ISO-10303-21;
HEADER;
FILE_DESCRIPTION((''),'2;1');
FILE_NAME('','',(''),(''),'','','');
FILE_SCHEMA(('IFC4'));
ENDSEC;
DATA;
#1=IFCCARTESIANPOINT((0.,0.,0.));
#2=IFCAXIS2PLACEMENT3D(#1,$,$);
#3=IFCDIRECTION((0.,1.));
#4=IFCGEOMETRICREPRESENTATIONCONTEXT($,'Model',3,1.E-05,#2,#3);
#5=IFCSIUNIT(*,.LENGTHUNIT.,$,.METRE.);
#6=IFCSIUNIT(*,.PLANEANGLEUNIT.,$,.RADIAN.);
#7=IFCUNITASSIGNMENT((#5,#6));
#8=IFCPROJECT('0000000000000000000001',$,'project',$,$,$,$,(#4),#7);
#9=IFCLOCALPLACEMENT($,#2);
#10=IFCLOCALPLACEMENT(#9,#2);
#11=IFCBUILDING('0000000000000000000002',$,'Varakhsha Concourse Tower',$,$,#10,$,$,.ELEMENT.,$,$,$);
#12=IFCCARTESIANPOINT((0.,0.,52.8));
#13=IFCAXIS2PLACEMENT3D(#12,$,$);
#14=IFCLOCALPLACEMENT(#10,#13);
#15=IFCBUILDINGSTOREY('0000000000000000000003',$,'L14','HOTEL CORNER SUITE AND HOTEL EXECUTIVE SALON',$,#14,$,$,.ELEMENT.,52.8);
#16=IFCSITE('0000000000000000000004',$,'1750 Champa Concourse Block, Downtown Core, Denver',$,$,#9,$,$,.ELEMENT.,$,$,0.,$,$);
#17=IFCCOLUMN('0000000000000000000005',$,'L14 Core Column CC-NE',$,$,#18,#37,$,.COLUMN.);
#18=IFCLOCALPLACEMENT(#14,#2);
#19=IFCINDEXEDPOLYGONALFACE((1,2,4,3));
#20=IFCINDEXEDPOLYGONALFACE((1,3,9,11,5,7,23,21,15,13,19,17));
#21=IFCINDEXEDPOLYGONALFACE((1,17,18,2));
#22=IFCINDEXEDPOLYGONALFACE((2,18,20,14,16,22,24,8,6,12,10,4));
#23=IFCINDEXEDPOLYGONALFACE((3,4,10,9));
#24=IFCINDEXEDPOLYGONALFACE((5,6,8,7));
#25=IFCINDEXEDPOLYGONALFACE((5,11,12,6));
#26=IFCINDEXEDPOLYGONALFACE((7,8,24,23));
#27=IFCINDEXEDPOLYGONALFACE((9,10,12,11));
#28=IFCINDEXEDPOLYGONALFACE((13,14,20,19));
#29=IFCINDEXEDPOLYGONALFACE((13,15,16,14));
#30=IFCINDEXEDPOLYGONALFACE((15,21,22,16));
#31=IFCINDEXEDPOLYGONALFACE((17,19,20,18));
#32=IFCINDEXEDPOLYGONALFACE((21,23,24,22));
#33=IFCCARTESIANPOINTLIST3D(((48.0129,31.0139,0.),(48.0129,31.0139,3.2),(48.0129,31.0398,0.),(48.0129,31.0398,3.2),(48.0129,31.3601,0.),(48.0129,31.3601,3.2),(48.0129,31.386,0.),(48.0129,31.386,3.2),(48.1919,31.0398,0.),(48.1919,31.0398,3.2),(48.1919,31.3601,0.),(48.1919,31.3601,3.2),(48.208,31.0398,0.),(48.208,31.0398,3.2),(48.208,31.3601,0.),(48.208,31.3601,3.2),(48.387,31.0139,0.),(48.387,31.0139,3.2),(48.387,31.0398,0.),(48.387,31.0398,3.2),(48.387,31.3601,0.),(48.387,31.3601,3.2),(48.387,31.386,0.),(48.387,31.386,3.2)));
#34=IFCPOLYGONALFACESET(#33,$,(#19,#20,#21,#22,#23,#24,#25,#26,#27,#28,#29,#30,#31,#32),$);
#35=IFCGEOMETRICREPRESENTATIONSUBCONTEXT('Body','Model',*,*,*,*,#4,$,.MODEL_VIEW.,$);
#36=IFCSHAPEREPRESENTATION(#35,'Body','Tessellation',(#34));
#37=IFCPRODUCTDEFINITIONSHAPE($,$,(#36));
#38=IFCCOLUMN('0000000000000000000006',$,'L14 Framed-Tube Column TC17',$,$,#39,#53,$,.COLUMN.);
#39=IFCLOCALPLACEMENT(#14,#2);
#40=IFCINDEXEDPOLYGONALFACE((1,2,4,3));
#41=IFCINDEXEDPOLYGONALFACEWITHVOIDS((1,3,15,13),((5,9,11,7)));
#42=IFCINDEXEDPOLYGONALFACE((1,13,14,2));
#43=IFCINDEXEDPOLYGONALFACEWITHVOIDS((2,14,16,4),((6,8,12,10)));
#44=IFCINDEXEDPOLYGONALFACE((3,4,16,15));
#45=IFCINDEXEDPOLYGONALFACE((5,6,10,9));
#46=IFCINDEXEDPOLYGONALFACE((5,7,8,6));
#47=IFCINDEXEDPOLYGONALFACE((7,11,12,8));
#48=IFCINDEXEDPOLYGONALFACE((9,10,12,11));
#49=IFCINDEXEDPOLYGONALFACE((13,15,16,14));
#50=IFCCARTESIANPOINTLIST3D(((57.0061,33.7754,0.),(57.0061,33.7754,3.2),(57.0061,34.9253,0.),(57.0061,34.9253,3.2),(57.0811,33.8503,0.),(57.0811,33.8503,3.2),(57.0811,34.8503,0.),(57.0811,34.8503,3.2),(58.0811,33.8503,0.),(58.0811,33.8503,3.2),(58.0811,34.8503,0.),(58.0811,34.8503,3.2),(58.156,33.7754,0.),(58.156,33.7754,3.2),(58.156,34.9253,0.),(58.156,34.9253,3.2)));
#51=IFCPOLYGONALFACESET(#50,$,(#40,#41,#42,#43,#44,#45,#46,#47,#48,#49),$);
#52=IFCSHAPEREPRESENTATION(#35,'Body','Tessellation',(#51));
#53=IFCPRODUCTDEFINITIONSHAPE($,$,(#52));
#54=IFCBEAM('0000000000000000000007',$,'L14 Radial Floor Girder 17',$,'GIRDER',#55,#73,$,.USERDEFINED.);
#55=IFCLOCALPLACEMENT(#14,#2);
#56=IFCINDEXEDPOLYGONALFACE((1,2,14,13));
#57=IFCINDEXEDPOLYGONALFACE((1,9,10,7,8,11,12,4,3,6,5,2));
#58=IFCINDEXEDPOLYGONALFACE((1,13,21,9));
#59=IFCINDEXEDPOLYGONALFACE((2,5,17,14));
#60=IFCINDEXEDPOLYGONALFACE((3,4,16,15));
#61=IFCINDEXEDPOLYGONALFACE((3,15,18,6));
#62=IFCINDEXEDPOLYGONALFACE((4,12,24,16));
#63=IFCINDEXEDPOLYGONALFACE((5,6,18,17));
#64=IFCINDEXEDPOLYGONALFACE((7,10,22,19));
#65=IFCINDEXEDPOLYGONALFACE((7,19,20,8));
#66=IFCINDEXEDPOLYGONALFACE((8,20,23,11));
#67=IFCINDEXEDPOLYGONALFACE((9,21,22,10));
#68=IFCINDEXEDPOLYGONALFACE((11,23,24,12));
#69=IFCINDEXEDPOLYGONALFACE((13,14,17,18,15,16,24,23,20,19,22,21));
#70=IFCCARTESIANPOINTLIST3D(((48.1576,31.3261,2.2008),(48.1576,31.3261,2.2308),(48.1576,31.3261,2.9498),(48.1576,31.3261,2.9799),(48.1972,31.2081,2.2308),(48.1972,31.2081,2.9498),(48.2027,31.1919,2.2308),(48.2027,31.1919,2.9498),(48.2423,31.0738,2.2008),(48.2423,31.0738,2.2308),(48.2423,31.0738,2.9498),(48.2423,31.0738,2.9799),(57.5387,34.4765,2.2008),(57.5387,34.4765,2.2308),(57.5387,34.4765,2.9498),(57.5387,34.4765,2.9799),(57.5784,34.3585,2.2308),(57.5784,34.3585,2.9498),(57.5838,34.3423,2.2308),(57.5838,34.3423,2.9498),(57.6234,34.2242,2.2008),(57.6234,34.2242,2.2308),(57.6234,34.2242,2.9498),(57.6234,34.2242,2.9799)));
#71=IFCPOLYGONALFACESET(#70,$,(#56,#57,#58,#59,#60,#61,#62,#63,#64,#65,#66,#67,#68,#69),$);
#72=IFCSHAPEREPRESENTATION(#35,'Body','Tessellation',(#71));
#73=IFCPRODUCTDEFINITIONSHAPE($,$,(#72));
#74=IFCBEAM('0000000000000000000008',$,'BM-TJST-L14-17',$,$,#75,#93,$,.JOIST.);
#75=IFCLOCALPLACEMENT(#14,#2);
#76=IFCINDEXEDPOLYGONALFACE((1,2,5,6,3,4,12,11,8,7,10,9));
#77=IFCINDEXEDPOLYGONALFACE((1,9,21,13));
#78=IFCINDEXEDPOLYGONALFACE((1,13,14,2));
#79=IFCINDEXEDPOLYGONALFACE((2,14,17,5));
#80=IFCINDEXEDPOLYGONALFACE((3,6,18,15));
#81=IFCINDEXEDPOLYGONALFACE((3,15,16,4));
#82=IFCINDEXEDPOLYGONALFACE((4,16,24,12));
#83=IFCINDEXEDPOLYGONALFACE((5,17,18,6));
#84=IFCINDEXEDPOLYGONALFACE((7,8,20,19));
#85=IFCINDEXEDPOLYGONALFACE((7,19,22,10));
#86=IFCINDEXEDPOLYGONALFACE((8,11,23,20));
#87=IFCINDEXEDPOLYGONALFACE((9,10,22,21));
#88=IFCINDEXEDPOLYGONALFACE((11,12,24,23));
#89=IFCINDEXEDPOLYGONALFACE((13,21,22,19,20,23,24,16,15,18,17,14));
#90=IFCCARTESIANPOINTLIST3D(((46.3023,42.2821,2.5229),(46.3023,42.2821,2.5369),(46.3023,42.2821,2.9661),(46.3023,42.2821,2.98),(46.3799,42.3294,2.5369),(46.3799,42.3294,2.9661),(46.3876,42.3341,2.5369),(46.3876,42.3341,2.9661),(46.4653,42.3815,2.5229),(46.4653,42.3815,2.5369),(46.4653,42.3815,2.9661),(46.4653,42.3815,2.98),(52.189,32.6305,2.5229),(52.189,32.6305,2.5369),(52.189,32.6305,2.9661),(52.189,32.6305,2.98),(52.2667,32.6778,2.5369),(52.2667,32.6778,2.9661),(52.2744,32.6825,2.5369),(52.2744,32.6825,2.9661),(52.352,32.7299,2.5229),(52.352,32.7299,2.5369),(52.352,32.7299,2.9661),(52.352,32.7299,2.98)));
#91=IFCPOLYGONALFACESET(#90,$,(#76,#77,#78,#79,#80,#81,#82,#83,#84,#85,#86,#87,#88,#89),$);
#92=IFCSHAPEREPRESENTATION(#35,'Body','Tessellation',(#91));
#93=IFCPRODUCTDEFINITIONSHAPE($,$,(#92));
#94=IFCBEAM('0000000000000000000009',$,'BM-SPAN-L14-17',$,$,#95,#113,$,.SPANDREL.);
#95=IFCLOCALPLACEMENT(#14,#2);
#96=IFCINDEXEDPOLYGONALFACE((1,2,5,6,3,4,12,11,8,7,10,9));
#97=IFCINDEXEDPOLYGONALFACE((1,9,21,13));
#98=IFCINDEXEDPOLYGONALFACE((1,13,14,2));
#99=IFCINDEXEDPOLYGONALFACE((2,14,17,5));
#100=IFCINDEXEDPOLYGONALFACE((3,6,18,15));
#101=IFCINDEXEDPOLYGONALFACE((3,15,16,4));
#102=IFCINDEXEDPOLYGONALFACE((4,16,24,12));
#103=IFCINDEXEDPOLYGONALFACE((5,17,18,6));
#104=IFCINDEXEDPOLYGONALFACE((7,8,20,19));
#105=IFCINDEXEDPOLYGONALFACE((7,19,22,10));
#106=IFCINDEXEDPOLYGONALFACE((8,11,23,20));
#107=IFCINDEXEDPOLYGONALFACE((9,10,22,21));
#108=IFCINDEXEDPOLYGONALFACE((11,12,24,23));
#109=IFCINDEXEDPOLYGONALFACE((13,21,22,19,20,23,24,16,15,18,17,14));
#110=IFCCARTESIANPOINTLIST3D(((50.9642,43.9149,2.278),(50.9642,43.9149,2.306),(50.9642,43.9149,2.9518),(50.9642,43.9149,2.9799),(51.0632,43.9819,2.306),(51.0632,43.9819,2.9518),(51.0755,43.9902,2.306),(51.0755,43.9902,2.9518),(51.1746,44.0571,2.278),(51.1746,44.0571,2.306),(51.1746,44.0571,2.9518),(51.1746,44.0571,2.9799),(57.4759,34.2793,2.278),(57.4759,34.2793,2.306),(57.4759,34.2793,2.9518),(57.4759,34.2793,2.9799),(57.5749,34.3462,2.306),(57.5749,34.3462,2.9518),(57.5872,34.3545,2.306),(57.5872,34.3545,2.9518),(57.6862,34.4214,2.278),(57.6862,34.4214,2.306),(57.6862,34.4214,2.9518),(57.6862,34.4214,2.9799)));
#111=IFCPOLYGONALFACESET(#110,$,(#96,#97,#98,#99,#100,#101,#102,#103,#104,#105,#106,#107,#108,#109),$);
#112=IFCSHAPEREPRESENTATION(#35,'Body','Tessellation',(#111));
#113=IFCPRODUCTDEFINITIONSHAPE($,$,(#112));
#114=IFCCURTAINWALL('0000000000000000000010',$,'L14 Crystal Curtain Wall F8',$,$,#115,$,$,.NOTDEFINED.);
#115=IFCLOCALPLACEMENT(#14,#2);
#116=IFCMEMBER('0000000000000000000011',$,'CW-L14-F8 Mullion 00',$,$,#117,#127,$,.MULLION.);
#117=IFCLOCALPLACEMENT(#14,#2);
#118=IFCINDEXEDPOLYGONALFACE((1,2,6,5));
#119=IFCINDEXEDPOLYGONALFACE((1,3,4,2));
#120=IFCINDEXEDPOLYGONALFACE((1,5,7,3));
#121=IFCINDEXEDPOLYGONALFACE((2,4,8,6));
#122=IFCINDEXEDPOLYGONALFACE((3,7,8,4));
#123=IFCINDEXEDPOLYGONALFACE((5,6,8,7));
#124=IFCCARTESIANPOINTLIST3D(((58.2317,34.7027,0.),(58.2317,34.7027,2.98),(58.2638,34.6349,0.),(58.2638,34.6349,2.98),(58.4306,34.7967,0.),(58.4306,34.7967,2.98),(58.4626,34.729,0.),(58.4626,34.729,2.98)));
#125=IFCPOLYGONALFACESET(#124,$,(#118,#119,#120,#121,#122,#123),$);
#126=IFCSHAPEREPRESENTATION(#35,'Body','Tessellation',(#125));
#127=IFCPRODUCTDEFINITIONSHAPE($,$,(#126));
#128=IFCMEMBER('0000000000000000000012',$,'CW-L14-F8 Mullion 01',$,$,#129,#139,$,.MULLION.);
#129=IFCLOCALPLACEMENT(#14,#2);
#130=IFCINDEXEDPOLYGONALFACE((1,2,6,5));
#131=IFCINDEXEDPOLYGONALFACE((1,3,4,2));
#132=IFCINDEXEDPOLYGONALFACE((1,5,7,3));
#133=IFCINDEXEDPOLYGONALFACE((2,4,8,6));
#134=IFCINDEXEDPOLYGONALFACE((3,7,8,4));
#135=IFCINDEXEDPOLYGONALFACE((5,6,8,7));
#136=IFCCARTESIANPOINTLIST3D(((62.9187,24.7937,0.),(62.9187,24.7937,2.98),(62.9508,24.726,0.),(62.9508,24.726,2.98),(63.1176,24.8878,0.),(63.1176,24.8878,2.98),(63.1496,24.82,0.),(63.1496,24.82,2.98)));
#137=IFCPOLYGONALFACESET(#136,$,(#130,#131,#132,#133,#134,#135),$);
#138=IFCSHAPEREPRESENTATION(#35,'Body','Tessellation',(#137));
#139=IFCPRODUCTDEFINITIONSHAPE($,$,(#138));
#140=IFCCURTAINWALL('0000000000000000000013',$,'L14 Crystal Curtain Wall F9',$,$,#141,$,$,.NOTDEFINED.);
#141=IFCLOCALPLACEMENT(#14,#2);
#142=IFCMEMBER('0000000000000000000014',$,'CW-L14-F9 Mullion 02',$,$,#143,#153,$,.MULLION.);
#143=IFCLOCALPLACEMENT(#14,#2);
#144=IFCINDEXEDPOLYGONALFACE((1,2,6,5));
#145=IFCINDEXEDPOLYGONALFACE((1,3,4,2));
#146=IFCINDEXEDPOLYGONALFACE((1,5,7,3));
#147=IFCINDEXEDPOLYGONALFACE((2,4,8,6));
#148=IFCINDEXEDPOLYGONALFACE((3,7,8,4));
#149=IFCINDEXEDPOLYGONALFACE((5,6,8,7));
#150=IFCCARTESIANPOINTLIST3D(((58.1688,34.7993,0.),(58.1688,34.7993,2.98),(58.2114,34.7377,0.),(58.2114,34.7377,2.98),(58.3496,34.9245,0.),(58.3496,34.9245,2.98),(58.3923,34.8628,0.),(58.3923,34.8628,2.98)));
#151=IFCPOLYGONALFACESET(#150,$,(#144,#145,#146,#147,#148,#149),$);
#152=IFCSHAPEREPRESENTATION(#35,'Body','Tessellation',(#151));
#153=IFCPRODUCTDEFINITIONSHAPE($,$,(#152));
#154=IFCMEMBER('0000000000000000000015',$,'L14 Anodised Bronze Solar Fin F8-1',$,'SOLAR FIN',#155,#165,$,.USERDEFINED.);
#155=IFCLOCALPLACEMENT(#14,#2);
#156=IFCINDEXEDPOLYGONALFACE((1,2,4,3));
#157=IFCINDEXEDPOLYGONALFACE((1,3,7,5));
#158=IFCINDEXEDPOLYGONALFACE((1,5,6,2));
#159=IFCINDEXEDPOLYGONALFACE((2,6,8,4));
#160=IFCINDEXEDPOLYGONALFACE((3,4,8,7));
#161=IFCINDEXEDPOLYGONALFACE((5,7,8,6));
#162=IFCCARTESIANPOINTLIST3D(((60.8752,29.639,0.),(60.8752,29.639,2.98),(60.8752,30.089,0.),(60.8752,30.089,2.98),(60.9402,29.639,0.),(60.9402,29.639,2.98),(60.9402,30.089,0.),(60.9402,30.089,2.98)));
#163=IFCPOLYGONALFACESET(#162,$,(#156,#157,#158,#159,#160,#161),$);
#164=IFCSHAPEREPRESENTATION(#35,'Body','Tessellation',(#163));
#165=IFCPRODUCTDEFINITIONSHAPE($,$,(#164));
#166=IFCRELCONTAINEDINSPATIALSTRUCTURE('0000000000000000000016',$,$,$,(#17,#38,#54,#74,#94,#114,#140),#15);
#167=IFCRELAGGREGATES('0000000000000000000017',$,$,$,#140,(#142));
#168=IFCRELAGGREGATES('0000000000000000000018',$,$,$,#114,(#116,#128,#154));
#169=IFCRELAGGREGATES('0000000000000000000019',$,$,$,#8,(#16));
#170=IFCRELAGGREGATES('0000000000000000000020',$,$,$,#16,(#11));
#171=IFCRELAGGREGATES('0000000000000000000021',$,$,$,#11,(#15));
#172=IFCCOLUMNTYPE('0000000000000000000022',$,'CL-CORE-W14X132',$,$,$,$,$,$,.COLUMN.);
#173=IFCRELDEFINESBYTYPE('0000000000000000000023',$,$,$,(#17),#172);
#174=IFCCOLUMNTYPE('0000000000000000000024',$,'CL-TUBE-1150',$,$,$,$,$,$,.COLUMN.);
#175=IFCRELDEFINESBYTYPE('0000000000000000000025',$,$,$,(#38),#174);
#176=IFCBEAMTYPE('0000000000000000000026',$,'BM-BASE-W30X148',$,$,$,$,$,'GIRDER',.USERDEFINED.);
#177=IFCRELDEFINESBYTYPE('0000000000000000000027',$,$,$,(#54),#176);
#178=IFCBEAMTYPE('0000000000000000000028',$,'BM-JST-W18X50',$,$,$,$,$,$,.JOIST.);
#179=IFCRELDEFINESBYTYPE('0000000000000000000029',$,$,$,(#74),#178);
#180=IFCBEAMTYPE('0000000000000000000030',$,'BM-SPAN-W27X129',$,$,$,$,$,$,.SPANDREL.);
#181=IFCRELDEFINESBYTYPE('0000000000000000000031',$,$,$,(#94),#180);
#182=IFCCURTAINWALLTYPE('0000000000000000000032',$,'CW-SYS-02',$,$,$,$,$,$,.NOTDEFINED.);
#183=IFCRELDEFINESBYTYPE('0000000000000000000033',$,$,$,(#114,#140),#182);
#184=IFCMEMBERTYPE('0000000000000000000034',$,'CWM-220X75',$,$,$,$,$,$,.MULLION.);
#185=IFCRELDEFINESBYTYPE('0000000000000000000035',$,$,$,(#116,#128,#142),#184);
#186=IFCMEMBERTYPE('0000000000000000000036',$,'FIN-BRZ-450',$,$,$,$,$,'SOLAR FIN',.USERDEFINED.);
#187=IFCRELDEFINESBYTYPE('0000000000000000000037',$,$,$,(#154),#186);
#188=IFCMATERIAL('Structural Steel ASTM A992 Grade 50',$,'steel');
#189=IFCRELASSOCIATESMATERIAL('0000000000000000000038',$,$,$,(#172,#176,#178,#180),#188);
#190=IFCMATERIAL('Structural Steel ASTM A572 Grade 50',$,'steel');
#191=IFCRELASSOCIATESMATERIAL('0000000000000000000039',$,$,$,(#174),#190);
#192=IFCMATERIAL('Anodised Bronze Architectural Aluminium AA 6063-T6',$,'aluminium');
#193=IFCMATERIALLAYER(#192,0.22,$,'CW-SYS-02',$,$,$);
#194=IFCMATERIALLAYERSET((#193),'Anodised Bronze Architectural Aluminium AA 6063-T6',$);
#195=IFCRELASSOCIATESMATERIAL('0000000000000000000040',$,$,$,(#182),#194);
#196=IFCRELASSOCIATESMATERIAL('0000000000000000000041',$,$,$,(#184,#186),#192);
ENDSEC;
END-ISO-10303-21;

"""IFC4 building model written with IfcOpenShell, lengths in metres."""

from ifc_helpers import new_model, si_unit, direction, frame, origin, origin_2d, place, context, subcontext, project, spatial, rectangle, hollow_rectangle, i_section, extrude, source, transform, mapped, material, layer, layer_set, material_profile, profile_set, type_object, type_shapes, element, aggregate, save


model = new_model("IFC4")

# Units and contexts
model_context = context("Model", 3, precision=1e-05, world=origin(), true_north=direction((0.0, 1.0)))
body_context = subcontext(model_context, "Body", "Model", "MODEL_VIEW")
ifc_project = project(units=[si_unit("LENGTHUNIT", "METRE"), si_unit("PLANEANGLEUNIT", "RADIAN")], contexts=[model_context])

# Site, building, storey
site_placement = place(None, origin())
site = spatial("IfcSite", under=ifc_project, at=site_placement, Name="1750 Champa Concourse Block, Downtown Core, Denver", CompositionType="ELEMENT", RefElevation=0.0)
building_placement = place(site_placement, origin())
building = spatial("IfcBuilding", under=site, at=building_placement, Name="Varakhsha Concourse Tower", CompositionType="ELEMENT")
storey_placement = place(building_placement, frame((0.0, 0.0, 52.8)))
storey = spatial("IfcBuildingStorey", under=building, at=storey_placement, Name="L14", Description="HOTEL CORNER SUITE AND HOTEL EXECUTIVE SALON", CompositionType="ELEMENT", Elevation=52.8)

# Columns
ifc_material_1 = material(Name="Structural Steel ASTM A992 Grade 50", Category="steel")
ifc_material_profile_1 = material_profile(ifc_material_1, i_section(OverallWidth=0.374, OverallDepth=0.3721, WebThickness=0.0161, FlangeThickness=0.0259, at=origin_2d()), Name="W14X132")
ifc_profile_set_1 = profile_set([ifc_material_profile_1], Name="Structural Steel ASTM A992 Grade 50")
column_type_1 = type_object("IfcColumnType", Name="CL-CORE-W14X132", PredefinedType="COLUMN", material=ifc_profile_set_1)
column_1_placement = place(storey_placement, frame((48.2, 31.2, 0.0), z_axis=(0.0, 0.0, 1.0), x_axis=(1.0, 0.0, 0.0)))
element("IfcColumn", 1, at=column_1_placement, inside=storey, type_object=column_type_1, Name="L14 Core Column CC-NE", PredefinedType="COLUMN", context=body_context, shape_type="SweptSolid", body=[
    extrude(i_section(OverallWidth=0.374, OverallDepth=0.3721, WebThickness=0.0161, FlangeThickness=0.0259, at=origin_2d()), origin(), (0.0, 0.0, 1.0), 3.2),
])
ifc_material_2 = material(Name="Structural Steel ASTM A572 Grade 50", Category="steel")
ifc_material_profile_2 = material_profile(ifc_material_2, hollow_rectangle(XDim=1.1499, YDim=1.1499, WallThickness=0.075, at=origin_2d()), Name="BOX 1150x1150x75")
ifc_profile_set_2 = profile_set([ifc_material_profile_2], Name="Structural Steel ASTM A572 Grade 50")
column_type_2 = type_object("IfcColumnType", Name="CL-TUBE-1150", PredefinedType="COLUMN", material=ifc_profile_set_2)
column_2_placement = place(storey_placement, frame((57.5811, 34.3503, 0.0), z_axis=(0.0, 0.0, 1.0), x_axis=(1.0, 0.0, 0.0)))
element("IfcColumn", 2, at=column_2_placement, inside=storey, type_object=column_type_2, Name="L14 Framed-Tube Column TC17", PredefinedType="COLUMN", context=body_context, shape_type="SweptSolid", body=[
    extrude(hollow_rectangle(XDim=1.1499, YDim=1.1499, WallThickness=0.075, at=origin_2d()), origin(), (0.0, 0.0, 1.0), 3.2),
])

# Beams
ifc_material_profile_3 = material_profile(ifc_material_1, i_section(OverallWidth=0.2661, OverallDepth=0.7791, WebThickness=0.0171, FlangeThickness=0.03, at=origin_2d()), Name="W30X148")
ifc_profile_set_3 = profile_set([ifc_material_profile_3], Name="Structural Steel ASTM A992 Grade 50")
beam_type_1 = type_object("IfcBeamType", Name="BM-BASE-W30X148", ElementType="GIRDER", PredefinedType="USERDEFINED", material=ifc_profile_set_3)
beam_1_placement = place(storey_placement, frame((48.2, 31.2, 2.5903), z_axis=(0.947973, 0.318351, 0.0), x_axis=(-0.318351, 0.947973, 0.0)))
element("IfcBeam", 3, at=beam_1_placement, inside=storey, type_object=beam_type_1, Name="L14 Radial Floor Girder 17", ObjectType="GIRDER", PredefinedType="USERDEFINED", context=body_context, shape_type="SweptSolid", body=[
    extrude(i_section(OverallWidth=0.2661, OverallDepth=0.7791, WebThickness=0.0171, FlangeThickness=0.03, at=origin_2d()), origin(), (0.0, 0.0, 1.0), 9.896),
])
ifc_material_profile_4 = material_profile(ifc_material_1, i_section(OverallWidth=0.1909, OverallDepth=0.457, WebThickness=0.009, FlangeThickness=0.0139, at=origin_2d()), Name="W18X50")
ifc_profile_set_4 = profile_set([ifc_material_profile_4], Name="Structural Steel ASTM A992 Grade 50")
beam_type_2 = type_object("IfcBeamType", Name="BM-JST-W18X50", PredefinedType="JOIST", material=ifc_profile_set_4)
beam_2_placement = place(storey_placement, frame((52.2705, 32.6802, 2.7515), z_axis=(-0.52071, 0.853734, 0.0), x_axis=(-0.853734, -0.52071, 0.0)))
element("IfcBeam", 4, at=beam_2_placement, inside=storey, type_object=beam_type_2, Name="BM-TJST-L14-17", PredefinedType="JOIST", context=body_context, shape_type="SweptSolid", body=[
    extrude(i_section(OverallWidth=0.1909, OverallDepth=0.457, WebThickness=0.009, FlangeThickness=0.0139, at=origin_2d()), origin(), (0.0, 0.0, 1.0), 11.3052),
])
ifc_material_profile_5 = material_profile(ifc_material_1, i_section(OverallWidth=0.2539, OverallDepth=0.7019, WebThickness=0.0149, FlangeThickness=0.0281, at=origin_2d()), Name="W27X129")
ifc_profile_set_5 = profile_set([ifc_material_profile_5], Name="Structural Steel ASTM A992 Grade 50")
beam_type_3 = type_object("IfcBeamType", Name="BM-SPAN-W27X129", PredefinedType="SPANDREL", material=ifc_profile_set_5)
beam_3_placement = place(storey_placement, frame((57.5811, 34.3503, 2.6289), z_axis=(-0.559921, 0.828546, 0.0), x_axis=(-0.828546, -0.559921, 0.0)))
element("IfcBeam", 5, at=beam_3_placement, inside=storey, type_object=beam_type_3, Name="BM-SPAN-L14-17", PredefinedType="SPANDREL", context=body_context, shape_type="SweptSolid", body=[
    extrude(i_section(OverallWidth=0.2539, OverallDepth=0.7019, WebThickness=0.0149, FlangeThickness=0.0281, at=origin_2d()), origin(), (0.0, 0.0, 1.0), 11.6296),
])

# Curtain wall, members
ifc_material_3 = material(Name="Anodised Bronze Architectural Aluminium AA 6063-T6", Category="aluminium")
ifc_layer_1 = layer(ifc_material_3, 0.22, Name="CW-SYS-02")
ifc_layer_set_1 = layer_set([ifc_layer_1], Name="Anodised Bronze Architectural Aluminium AA 6063-T6")
curtain_wall_type = type_object("IfcCurtainWallType", Name="CW-SYS-02", PredefinedType="NOTDEFINED", material=ifc_layer_set_1)
curtain_wall_1_placement = place(storey_placement, origin())
curtain_wall_1 = element("IfcCurtainWall", 6, at=curtain_wall_1_placement, inside=storey, type_object=curtain_wall_type, Name="L14 Crystal Curtain Wall F8", PredefinedType="NOTDEFINED")
ifc_material_profile_6 = material_profile(ifc_material_3, rectangle(XDim=0.075, YDim=0.22, at=origin_2d()), Name="CWM-220X75")
ifc_profile_set_6 = profile_set([ifc_material_profile_6], Name="Anodised Bronze Architectural Aluminium AA 6063-T6")
member_type_1 = type_object("IfcMemberType", Name="CWM-220X75", PredefinedType="MULLION", material=ifc_profile_set_6)
shared_shape_1 = source(origin(), body_context, "Body", "SweptSolid", [
    extrude(rectangle(XDim=0.075, YDim=0.22, at=origin_2d()), origin(), (0.0, 0.0, 1.0), 2.98),
])
type_shapes(member_type_1, [shared_shape_1])
member_1_placement = place(storey_placement, frame((58.3472, 34.7158, 0.0), z_axis=(0.0, 0.0, 1.0), x_axis=(0.427604, -0.903966, 0.0)))
member_1 = element("IfcMember", 7, at=member_1_placement, type_object=member_type_1, Name="CW-L14-F8 Mullion 00", PredefinedType="MULLION", context=body_context, shape_type="MappedRepresentation", body=[
    mapped(shared_shape_1, transform((0.0, 0.0, 0.0), scale=1.0)),
])
member_2_placement = place(storey_placement, frame((63.0342, 24.8069, 0.0), z_axis=(0.0, 0.0, 1.0), x_axis=(0.427604, -0.903966, 0.0)))
member_2 = element("IfcMember", 8, at=member_2_placement, type_object=member_type_1, Name="CW-L14-F8 Mullion 01", PredefinedType="MULLION", context=body_context, shape_type="MappedRepresentation", body=[
    mapped(shared_shape_1, transform((0.0, 0.0, 0.0), scale=1.0)),
])

# Curtain wall, member
curtain_wall_2_placement = place(storey_placement, origin())
curtain_wall_2 = element("IfcCurtainWall", 9, at=curtain_wall_2_placement, inside=storey, type_object=curtain_wall_type, Name="L14 Crystal Curtain Wall F9", PredefinedType="NOTDEFINED")
member_3_placement = place(storey_placement, frame((58.2805, 34.8311, 0.0), z_axis=(0.0, 0.0, 1.0), x_axis=(0.569057, -0.822298, 0.0)))
member_3 = element("IfcMember", 10, at=member_3_placement, type_object=member_type_1, Name="CW-L14-F9 Mullion 02", PredefinedType="MULLION", context=body_context, shape_type="MappedRepresentation", body=[
    mapped(shared_shape_1, transform((0.0, 0.0, 0.0), scale=1.0)),
])
aggregate(curtain_wall_2, [member_3])

# Member
ifc_material_profile_7 = material_profile(ifc_material_3, rectangle(XDim=0.0649, YDim=0.45, at=origin_2d()), Name="FIN-BRZ-450")
ifc_profile_set_7 = profile_set([ifc_material_profile_7], Name="Anodised Bronze Architectural Aluminium AA 6063-T6")
member_type_2 = type_object("IfcMemberType", Name="FIN-BRZ-450", ElementType="SOLAR FIN", PredefinedType="USERDEFINED", material=ifc_profile_set_7)
shared_shape_2 = source(origin(), body_context, "Body", "SweptSolid", [
    extrude(rectangle(XDim=0.0649, YDim=0.45, at=origin_2d()), origin(), (0.0, 0.0, 1.0), 2.98),
])
type_shapes(member_type_2, [shared_shape_2])
member_4_placement = place(storey_placement, frame((60.9077, 29.864, 0.0), z_axis=(0.0, 0.0, 1.0), x_axis=(1.0, 0.0, 0.0)))
member_4 = element("IfcMember", 11, at=member_4_placement, type_object=member_type_2, Name="L14 Anodised Bronze Solar Fin F8-1", ObjectType="SOLAR FIN", PredefinedType="USERDEFINED", context=body_context, shape_type="MappedRepresentation", body=[
    mapped(shared_shape_2, transform((0.0, 0.0, 0.0), scale=1.0)),
])

aggregate(curtain_wall_1, [member_1, member_2, member_4])

save(model, "model.ifc")
